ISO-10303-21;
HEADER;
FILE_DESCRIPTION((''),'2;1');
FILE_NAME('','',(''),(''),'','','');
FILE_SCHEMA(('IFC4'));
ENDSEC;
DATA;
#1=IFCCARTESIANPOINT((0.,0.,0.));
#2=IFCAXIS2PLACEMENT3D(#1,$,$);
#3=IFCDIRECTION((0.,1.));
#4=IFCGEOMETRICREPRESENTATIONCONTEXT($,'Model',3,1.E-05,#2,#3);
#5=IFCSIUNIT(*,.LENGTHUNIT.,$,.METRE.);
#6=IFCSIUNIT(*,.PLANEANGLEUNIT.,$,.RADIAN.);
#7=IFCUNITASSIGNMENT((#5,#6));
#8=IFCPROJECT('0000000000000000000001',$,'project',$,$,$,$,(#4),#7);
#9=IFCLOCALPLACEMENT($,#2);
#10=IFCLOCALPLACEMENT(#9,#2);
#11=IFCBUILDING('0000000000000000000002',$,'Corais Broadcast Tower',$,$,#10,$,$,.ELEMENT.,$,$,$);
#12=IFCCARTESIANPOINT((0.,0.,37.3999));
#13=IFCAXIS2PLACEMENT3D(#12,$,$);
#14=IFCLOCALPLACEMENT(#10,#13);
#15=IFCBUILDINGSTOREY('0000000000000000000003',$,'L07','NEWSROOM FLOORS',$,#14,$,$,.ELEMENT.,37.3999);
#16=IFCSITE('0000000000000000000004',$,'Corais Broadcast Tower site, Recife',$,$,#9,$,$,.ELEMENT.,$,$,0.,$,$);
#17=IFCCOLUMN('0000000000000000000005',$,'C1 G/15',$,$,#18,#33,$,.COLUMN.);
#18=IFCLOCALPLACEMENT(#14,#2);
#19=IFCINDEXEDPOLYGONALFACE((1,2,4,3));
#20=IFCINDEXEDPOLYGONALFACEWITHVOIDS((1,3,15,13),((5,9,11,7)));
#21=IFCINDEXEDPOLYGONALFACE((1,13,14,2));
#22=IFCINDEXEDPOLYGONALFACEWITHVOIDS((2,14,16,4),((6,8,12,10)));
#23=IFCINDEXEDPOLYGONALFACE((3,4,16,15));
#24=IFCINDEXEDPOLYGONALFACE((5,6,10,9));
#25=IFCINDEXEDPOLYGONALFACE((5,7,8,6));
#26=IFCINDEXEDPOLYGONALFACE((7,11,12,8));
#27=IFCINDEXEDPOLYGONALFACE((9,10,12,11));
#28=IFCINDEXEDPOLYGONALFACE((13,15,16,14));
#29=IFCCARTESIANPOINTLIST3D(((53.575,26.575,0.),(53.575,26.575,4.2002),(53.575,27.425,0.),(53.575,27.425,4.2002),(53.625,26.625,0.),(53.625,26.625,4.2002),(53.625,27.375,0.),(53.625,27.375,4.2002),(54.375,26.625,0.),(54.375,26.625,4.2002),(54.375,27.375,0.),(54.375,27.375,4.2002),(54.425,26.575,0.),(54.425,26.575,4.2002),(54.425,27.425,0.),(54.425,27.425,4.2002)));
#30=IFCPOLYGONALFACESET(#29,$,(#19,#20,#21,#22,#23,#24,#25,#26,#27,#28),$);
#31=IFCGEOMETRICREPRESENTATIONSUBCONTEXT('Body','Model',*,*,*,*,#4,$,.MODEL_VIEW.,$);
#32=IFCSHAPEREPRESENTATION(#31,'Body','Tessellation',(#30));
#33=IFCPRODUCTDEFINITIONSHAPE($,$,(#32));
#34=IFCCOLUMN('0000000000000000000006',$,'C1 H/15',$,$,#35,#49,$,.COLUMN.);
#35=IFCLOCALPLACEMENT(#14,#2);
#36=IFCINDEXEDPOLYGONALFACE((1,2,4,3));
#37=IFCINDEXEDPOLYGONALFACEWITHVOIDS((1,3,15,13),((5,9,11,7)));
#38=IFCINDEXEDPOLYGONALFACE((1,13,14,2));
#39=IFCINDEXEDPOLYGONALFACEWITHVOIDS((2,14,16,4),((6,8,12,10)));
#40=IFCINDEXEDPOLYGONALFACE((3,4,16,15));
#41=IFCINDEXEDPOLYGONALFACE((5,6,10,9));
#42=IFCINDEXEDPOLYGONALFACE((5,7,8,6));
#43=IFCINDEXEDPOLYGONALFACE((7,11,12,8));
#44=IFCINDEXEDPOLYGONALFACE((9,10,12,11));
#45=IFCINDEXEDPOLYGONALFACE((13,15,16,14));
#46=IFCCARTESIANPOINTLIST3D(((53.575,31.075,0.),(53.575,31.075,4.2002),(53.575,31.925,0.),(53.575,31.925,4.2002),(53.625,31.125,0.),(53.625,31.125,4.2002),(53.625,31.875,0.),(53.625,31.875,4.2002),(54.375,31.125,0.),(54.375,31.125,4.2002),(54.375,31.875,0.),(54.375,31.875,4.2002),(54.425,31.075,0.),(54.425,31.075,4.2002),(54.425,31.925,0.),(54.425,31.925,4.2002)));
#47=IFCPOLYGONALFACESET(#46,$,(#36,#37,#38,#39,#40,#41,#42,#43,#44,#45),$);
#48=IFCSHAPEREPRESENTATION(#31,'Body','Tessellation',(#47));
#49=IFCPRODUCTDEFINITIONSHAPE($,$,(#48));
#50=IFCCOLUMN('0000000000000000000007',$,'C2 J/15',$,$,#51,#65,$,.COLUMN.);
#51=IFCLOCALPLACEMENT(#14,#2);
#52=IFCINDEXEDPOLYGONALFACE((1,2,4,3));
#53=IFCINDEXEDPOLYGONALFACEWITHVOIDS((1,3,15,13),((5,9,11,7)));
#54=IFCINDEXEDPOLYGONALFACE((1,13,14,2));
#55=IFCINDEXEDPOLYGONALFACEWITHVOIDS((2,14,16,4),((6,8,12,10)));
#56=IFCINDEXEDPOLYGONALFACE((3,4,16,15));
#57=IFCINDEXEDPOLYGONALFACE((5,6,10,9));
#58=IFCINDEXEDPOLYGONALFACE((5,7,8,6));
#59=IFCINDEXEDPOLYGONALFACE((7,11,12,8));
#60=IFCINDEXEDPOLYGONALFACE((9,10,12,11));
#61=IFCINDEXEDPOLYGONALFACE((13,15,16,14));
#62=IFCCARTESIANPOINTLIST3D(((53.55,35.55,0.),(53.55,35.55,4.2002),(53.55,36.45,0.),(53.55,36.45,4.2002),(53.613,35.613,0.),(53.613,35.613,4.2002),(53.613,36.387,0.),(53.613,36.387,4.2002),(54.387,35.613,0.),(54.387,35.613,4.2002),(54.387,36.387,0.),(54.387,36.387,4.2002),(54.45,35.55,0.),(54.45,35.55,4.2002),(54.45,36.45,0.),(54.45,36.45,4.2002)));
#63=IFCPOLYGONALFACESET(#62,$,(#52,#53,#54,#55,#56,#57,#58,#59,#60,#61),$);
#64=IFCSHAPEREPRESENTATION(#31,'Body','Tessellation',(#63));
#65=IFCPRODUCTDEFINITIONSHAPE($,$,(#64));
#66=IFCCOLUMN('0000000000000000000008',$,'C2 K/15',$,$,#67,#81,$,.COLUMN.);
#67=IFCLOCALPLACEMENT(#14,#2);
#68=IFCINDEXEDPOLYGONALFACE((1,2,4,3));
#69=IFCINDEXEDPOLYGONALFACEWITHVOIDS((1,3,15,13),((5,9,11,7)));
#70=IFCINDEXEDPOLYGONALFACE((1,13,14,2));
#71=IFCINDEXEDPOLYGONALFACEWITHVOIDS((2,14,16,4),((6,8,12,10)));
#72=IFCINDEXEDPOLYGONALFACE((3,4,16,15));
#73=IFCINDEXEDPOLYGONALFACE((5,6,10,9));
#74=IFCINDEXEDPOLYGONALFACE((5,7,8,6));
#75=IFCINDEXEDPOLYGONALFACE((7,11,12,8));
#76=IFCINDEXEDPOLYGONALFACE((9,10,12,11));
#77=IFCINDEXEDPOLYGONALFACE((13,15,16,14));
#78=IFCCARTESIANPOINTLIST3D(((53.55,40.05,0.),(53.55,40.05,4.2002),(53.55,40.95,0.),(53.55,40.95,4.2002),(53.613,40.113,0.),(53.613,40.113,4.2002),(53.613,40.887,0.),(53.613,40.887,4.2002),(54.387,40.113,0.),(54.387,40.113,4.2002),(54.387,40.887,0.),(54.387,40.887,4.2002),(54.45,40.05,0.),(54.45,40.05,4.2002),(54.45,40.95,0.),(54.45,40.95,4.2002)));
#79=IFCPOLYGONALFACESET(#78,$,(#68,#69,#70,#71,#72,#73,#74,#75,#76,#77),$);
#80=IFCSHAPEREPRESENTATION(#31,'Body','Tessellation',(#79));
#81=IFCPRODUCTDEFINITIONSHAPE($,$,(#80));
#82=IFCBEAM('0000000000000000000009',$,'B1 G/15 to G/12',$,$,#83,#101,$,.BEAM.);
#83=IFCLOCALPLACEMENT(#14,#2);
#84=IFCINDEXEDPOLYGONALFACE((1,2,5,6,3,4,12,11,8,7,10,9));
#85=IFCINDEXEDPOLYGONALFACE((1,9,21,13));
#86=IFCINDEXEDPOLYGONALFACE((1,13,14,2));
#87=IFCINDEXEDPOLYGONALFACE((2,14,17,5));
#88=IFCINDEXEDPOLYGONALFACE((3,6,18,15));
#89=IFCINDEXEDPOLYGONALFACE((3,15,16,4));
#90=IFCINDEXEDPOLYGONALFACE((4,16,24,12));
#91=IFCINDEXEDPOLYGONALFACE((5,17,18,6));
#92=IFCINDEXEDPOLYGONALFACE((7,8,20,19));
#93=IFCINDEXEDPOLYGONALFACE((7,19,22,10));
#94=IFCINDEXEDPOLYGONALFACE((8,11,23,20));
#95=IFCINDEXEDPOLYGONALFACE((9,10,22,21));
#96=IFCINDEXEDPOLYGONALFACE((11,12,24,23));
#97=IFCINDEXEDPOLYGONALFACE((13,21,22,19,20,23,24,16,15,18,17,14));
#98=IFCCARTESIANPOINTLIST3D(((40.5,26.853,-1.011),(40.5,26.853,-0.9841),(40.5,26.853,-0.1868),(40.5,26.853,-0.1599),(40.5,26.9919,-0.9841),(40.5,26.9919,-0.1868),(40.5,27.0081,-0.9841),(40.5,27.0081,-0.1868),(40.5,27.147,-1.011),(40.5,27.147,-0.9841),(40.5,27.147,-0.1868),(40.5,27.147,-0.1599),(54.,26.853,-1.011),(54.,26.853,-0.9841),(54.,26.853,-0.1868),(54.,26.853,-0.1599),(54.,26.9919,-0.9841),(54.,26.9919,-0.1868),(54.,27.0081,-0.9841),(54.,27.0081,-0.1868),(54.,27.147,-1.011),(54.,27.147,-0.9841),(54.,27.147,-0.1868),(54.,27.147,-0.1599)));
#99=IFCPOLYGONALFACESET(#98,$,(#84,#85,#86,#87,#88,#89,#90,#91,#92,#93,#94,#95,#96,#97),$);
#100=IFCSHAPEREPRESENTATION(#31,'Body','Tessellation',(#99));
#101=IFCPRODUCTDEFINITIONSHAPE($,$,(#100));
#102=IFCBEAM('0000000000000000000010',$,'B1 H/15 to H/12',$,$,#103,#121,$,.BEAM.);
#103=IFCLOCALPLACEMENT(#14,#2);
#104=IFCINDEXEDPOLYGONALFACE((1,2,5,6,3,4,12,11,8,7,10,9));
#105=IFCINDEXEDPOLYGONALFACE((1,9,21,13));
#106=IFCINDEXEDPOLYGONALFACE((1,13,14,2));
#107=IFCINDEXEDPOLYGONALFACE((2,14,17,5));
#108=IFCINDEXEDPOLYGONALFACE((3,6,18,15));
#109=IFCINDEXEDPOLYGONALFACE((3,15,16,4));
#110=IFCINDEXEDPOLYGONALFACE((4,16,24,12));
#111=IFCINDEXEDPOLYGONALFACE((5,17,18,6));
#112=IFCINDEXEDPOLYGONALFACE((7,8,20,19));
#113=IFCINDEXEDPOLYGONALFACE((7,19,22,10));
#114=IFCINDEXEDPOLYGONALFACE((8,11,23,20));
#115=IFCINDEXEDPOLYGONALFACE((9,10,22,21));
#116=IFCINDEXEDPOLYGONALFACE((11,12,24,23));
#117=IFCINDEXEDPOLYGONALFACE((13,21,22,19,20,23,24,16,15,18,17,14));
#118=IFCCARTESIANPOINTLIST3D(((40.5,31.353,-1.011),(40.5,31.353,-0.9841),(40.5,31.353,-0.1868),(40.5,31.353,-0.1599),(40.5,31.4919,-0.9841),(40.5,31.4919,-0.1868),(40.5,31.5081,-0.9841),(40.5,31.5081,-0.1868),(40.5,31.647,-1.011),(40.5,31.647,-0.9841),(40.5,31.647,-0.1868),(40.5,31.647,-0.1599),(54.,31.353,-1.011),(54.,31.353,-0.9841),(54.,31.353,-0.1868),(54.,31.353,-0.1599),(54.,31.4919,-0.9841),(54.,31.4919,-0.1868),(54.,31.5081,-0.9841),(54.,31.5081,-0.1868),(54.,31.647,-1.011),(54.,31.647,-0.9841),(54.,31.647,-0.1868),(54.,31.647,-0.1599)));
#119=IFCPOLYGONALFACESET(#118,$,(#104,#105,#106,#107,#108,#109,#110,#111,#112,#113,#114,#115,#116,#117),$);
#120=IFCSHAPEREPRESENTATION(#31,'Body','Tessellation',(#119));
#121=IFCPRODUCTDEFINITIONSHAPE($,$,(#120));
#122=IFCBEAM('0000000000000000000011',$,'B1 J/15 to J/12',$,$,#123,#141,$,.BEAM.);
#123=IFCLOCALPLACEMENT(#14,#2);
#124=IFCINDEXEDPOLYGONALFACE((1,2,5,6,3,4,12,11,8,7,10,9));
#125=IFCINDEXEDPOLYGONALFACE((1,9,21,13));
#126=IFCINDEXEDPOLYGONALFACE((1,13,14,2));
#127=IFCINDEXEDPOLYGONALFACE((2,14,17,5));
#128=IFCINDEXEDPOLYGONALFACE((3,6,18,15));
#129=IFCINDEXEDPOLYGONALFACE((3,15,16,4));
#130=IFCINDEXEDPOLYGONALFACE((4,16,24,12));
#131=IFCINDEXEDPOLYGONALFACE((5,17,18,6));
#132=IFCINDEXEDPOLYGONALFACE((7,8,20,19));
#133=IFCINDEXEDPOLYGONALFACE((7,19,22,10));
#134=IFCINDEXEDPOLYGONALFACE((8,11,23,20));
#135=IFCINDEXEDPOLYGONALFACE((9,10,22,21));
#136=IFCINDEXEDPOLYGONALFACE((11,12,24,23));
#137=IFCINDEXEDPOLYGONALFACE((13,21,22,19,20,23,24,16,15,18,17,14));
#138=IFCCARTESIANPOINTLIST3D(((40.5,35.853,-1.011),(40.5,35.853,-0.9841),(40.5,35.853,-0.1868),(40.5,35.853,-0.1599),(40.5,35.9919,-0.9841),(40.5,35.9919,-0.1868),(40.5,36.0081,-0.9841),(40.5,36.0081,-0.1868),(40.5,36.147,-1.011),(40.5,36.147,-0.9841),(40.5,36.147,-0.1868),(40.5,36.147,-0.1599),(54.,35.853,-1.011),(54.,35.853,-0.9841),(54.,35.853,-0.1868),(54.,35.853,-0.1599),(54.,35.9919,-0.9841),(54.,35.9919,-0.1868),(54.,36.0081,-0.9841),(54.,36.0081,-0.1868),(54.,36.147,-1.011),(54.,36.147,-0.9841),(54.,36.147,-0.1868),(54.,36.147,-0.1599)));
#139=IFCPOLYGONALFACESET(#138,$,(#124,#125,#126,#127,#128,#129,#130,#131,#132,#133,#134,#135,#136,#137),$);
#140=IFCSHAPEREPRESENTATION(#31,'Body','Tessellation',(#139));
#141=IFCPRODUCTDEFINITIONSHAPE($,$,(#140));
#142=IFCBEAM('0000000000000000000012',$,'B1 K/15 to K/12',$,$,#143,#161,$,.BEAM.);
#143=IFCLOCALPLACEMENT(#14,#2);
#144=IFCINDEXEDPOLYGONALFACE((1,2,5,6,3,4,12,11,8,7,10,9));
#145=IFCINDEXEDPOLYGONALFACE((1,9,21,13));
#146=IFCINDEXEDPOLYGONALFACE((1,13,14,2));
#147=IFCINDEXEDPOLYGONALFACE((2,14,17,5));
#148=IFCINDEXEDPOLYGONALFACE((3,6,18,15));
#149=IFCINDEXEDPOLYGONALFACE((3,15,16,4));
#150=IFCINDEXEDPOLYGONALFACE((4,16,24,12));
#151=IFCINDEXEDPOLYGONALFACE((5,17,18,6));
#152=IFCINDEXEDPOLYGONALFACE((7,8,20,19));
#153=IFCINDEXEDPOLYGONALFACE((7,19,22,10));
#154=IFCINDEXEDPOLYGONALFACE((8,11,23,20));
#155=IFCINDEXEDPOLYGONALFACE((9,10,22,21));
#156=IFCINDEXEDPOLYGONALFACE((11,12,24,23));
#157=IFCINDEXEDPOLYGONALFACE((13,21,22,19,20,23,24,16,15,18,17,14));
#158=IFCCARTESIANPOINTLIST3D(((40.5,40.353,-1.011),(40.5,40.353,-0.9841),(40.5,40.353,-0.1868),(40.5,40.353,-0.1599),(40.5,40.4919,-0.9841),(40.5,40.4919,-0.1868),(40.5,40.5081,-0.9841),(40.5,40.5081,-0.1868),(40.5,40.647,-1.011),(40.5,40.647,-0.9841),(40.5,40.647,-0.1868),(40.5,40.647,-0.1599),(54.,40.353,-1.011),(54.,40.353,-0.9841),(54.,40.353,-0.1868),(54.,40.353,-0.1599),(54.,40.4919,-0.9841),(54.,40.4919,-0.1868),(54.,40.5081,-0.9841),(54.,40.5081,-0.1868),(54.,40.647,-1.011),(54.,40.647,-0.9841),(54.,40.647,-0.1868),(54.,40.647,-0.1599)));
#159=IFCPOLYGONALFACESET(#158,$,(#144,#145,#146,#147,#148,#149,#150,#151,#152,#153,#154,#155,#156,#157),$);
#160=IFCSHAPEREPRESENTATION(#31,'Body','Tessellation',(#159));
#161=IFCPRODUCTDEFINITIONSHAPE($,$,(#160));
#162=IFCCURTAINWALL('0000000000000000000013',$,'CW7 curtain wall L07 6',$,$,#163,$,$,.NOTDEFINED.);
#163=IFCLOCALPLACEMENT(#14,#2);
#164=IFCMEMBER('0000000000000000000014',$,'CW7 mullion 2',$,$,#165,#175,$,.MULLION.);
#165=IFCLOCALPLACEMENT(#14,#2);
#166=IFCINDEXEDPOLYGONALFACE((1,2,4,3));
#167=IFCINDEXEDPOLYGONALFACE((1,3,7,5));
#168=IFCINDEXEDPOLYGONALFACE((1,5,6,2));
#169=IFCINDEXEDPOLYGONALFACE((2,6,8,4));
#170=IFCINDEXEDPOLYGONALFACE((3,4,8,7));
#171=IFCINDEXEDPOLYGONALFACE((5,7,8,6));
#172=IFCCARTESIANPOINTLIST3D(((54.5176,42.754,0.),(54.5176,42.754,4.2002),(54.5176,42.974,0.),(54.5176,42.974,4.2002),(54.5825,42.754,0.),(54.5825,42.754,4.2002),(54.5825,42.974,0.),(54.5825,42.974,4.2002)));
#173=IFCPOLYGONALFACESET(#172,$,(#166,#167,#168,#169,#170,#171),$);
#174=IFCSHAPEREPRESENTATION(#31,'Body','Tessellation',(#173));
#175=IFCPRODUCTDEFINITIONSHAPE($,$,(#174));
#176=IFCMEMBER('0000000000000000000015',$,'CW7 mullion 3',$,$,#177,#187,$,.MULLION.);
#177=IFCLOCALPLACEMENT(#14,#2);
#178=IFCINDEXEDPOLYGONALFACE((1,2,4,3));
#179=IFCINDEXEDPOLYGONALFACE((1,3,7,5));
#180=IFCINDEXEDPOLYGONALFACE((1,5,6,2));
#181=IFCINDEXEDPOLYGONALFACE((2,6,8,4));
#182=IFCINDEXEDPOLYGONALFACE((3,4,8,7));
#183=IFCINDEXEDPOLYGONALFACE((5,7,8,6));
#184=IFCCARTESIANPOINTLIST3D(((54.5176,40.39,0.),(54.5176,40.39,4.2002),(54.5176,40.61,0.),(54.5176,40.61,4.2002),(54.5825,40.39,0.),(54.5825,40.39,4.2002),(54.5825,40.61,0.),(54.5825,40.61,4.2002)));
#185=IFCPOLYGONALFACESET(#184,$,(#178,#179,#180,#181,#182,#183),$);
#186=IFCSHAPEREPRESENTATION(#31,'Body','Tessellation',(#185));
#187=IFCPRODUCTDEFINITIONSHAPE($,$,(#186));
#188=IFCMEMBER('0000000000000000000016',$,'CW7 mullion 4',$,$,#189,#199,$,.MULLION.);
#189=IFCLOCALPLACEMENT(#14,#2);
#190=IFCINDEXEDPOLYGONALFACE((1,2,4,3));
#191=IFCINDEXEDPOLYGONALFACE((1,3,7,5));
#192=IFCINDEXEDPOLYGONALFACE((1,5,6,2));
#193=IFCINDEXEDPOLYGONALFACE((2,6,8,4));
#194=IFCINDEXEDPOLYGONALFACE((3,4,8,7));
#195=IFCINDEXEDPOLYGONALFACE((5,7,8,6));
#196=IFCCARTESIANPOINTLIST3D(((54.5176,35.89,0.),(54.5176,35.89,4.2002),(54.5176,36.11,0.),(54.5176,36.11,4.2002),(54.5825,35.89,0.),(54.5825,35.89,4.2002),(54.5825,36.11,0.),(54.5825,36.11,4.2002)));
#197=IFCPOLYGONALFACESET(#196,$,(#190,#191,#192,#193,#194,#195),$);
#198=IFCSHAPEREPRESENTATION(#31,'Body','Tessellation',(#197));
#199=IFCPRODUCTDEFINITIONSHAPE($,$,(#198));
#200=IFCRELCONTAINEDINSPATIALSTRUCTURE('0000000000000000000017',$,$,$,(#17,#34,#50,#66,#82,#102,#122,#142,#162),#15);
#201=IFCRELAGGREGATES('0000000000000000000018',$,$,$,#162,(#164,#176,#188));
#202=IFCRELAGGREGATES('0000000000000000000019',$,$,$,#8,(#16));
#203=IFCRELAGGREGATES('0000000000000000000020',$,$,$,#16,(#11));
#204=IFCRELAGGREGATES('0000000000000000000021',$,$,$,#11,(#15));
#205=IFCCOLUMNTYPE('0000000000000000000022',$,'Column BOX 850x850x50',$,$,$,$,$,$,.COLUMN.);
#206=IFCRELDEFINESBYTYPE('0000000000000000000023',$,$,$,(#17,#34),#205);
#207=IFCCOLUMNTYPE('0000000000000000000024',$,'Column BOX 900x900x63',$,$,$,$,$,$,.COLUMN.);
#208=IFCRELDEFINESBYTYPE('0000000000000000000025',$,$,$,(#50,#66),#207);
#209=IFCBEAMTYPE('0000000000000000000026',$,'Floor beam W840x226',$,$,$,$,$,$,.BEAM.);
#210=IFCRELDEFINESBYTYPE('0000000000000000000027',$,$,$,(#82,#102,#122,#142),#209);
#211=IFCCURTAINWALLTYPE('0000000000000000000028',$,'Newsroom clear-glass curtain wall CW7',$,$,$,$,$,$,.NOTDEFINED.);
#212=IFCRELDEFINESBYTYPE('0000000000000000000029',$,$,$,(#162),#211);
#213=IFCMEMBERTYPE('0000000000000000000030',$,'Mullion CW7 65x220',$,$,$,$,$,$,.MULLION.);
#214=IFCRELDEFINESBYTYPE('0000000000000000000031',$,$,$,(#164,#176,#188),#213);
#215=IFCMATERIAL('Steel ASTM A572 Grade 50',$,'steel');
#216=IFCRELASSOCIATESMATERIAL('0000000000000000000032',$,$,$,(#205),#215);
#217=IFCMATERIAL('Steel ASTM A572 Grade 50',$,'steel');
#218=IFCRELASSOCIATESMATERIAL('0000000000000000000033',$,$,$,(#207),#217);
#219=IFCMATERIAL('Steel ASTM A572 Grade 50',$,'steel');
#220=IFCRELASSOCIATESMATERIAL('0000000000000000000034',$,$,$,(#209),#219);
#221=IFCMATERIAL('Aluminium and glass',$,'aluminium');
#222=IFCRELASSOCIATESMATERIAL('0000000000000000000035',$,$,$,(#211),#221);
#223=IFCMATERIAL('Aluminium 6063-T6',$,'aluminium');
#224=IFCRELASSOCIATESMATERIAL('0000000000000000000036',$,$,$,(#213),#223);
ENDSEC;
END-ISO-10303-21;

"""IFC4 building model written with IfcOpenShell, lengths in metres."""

from ifc_helpers import new_model, si_unit, direction, frame, origin, origin_2d, place, context, subcontext, project, spatial, rectangle, hollow_rectangle, i_section, extrude, material, material_profile, profile_set, type_object, element, aggregate, save


model = new_model("IFC4")

# Units and contexts
model_context = context("Model", 3, precision=1e-05, world=origin(), true_north=direction((0.0, 1.0)))
body_context = subcontext(model_context, "Body", "Model", "MODEL_VIEW")
ifc_project = project(units=[si_unit("LENGTHUNIT", "METRE"), si_unit("PLANEANGLEUNIT", "RADIAN")], contexts=[model_context])

# Site, building, storey
site_placement = place(None, origin())
site = spatial("IfcSite", under=ifc_project, at=site_placement, Name="Corais Broadcast Tower site, Recife", CompositionType="ELEMENT", RefElevation=0.0)
building_placement = place(site_placement, origin())
building = spatial("IfcBuilding", under=site, at=building_placement, Name="Corais Broadcast Tower", CompositionType="ELEMENT")
storey_placement = place(building_placement, frame((0.0, 0.0, 37.3999)))
storey = spatial("IfcBuildingStorey", under=building, at=storey_placement, Name="L07", Description="NEWSROOM FLOORS", CompositionType="ELEMENT", Elevation=37.3999)

# Columns
ifc_material_1 = material(Name="Steel ASTM A572 Grade 50", Category="steel")
ifc_material_profile_1 = material_profile(ifc_material_1, hollow_rectangle(XDim=0.8501, YDim=0.8501, WallThickness=0.05, at=origin_2d()), Name="BOX 850x850x50")
ifc_profile_set_1 = profile_set([ifc_material_profile_1], Name="Steel ASTM A572 Grade 50")
column_type_1 = type_object("IfcColumnType", Name="Column BOX 850x850x50", PredefinedType="COLUMN", material=ifc_profile_set_1)
for number, where, z_axis, x_axis, name in (
    (1, (54.0, 27.0, 0.0), (0.0, 0.0, 1.0), (1.0, 0.0, 0.0), "C1 G/15"),
    (2, (54.0, 31.5, 0.0), (0.0, 0.0, 1.0), (1.0, 0.0, 0.0), "C1 H/15"),
):
    element("IfcColumn", number, at=place(storey_placement, frame(where, z_axis=z_axis, x_axis=x_axis)), inside=storey, type_object=column_type_1, Name=name, PredefinedType="COLUMN", context=body_context, shape_type="SweptSolid", body=[
        extrude(hollow_rectangle(XDim=0.8501, YDim=0.8501, WallThickness=0.05, at=origin_2d()), origin(), (0.0, 0.0, 1.0), 4.2002),
    ])
ifc_material_2 = material(Name="Steel ASTM A572 Grade 50", Category="steel")
ifc_material_profile_2 = material_profile(ifc_material_2, hollow_rectangle(XDim=0.8999, YDim=0.8999, WallThickness=0.063, at=origin_2d()), Name="BOX 900x900x63")
ifc_profile_set_2 = profile_set([ifc_material_profile_2], Name="Steel ASTM A572 Grade 50")
column_type_2 = type_object("IfcColumnType", Name="Column BOX 900x900x63", PredefinedType="COLUMN", material=ifc_profile_set_2)
for number, where, z_axis, x_axis, name in (
    (3, (54.0, 36.0, 0.0), (0.0, 0.0, 1.0), (1.0, 0.0, 0.0), "C2 J/15"),
    (4, (54.0, 40.5, 0.0), (0.0, 0.0, 1.0), (1.0, 0.0, 0.0), "C2 K/15"),
):
    element("IfcColumn", number, at=place(storey_placement, frame(where, z_axis=z_axis, x_axis=x_axis)), inside=storey, type_object=column_type_2, Name=name, PredefinedType="COLUMN", context=body_context, shape_type="SweptSolid", body=[
        extrude(hollow_rectangle(XDim=0.8999, YDim=0.8999, WallThickness=0.063, at=origin_2d()), origin(), (0.0, 0.0, 1.0), 4.2002),
    ])

# Beams
ifc_material_3 = material(Name="Steel ASTM A572 Grade 50", Category="steel")
ifc_material_profile_3 = material_profile(ifc_material_3, i_section(OverallWidth=0.2939, OverallDepth=0.8511, WebThickness=0.0161, FlangeThickness=0.0269, at=origin_2d()), Name="W840x226")
ifc_profile_set_3 = profile_set([ifc_material_profile_3], Name="Steel ASTM A572 Grade 50")
beam_type_1 = type_object("IfcBeamType", Name="Floor beam W840x226", PredefinedType="BEAM", material=ifc_profile_set_3)
for number, where, z_axis, x_axis, name in (
    (5, (54.0, 27.0, -0.5854), (-1.0, 0.0, 0.0), (0.0, -1.0, 0.0), "B1 G/15 to G/12"),
    (6, (54.0, 31.5, -0.5854), (-1.0, 0.0, 0.0), (0.0, -1.0, 0.0), "B1 H/15 to H/12"),
    (7, (54.0, 36.0, -0.5854), (-1.0, 0.0, 0.0), (0.0, -1.0, 0.0), "B1 J/15 to J/12"),
    (8, (54.0, 40.5, -0.5854), (-1.0, 0.0, 0.0), (0.0, -1.0, 0.0), "B1 K/15 to K/12"),
):
    element("IfcBeam", number, at=place(storey_placement, frame(where, z_axis=z_axis, x_axis=x_axis)), inside=storey, type_object=beam_type_1, Name=name, PredefinedType="BEAM", context=body_context, shape_type="SweptSolid", body=[
        extrude(i_section(OverallWidth=0.2939, OverallDepth=0.8511, WebThickness=0.0161, FlangeThickness=0.0269, at=origin_2d()), origin(), (0.0, 0.0, 1.0), 13.5),
    ])

# Curtain wall, members
ifc_material_4 = material(Name="Aluminium and glass", Category="aluminium")
curtain_wall_type = type_object("IfcCurtainWallType", Name="Newsroom clear-glass curtain wall CW7", PredefinedType="NOTDEFINED", material=ifc_material_4)
curtain_wall_placement = place(storey_placement, origin())
curtain_wall = element("IfcCurtainWall", 9, at=curtain_wall_placement, inside=storey, type_object=curtain_wall_type, Name="CW7 curtain wall L07 6", PredefinedType="NOTDEFINED")
ifc_material_5 = material(Name="Aluminium 6063-T6", Category="aluminium")
ifc_material_profile_4 = material_profile(ifc_material_5, rectangle(XDim=0.0649, YDim=0.22, at=origin_2d()), Name="Mullion CW7 65x220")
ifc_profile_set_4 = profile_set([ifc_material_profile_4], Name="Aluminium 6063-T6")
member_type_1 = type_object("IfcMemberType", Name="Mullion CW7 65x220", PredefinedType="MULLION", material=ifc_profile_set_4)
member_1_placement = place(storey_placement, frame((54.55, 42.864, 0.0), z_axis=(0.0, 0.0, 1.0), x_axis=(1.0, 0.0, 0.0)))
member_1 = element("IfcMember", 10, at=member_1_placement, type_object=member_type_1, Name="CW7 mullion 2", PredefinedType="MULLION", context=body_context, shape_type="SweptSolid", body=[
    extrude(rectangle(XDim=0.0649, YDim=0.22, at=origin_2d()), origin(), (0.0, 0.0, 1.0), 4.2002),
])
member_2_placement = place(storey_placement, frame((54.55, 40.5, 0.0), z_axis=(0.0, 0.0, 1.0), x_axis=(1.0, 0.0, 0.0)))
member_2 = element("IfcMember", 11, at=member_2_placement, type_object=member_type_1, Name="CW7 mullion 3", PredefinedType="MULLION", context=body_context, shape_type="SweptSolid", body=[
    extrude(rectangle(XDim=0.0649, YDim=0.22, at=origin_2d()), origin(), (0.0, 0.0, 1.0), 4.2002),
])
member_3_placement = place(storey_placement, frame((54.55, 36.0, 0.0), z_axis=(0.0, 0.0, 1.0), x_axis=(1.0, 0.0, 0.0)))
member_3 = element("IfcMember", 12, at=member_3_placement, type_object=member_type_1, Name="CW7 mullion 4", PredefinedType="MULLION", context=body_context, shape_type="SweptSolid", body=[
    extrude(rectangle(XDim=0.0649, YDim=0.22, at=origin_2d()), origin(), (0.0, 0.0, 1.0), 4.2002),
])

aggregate(curtain_wall, [member_1, member_2, member_3])

save(model, "model.ifc")
